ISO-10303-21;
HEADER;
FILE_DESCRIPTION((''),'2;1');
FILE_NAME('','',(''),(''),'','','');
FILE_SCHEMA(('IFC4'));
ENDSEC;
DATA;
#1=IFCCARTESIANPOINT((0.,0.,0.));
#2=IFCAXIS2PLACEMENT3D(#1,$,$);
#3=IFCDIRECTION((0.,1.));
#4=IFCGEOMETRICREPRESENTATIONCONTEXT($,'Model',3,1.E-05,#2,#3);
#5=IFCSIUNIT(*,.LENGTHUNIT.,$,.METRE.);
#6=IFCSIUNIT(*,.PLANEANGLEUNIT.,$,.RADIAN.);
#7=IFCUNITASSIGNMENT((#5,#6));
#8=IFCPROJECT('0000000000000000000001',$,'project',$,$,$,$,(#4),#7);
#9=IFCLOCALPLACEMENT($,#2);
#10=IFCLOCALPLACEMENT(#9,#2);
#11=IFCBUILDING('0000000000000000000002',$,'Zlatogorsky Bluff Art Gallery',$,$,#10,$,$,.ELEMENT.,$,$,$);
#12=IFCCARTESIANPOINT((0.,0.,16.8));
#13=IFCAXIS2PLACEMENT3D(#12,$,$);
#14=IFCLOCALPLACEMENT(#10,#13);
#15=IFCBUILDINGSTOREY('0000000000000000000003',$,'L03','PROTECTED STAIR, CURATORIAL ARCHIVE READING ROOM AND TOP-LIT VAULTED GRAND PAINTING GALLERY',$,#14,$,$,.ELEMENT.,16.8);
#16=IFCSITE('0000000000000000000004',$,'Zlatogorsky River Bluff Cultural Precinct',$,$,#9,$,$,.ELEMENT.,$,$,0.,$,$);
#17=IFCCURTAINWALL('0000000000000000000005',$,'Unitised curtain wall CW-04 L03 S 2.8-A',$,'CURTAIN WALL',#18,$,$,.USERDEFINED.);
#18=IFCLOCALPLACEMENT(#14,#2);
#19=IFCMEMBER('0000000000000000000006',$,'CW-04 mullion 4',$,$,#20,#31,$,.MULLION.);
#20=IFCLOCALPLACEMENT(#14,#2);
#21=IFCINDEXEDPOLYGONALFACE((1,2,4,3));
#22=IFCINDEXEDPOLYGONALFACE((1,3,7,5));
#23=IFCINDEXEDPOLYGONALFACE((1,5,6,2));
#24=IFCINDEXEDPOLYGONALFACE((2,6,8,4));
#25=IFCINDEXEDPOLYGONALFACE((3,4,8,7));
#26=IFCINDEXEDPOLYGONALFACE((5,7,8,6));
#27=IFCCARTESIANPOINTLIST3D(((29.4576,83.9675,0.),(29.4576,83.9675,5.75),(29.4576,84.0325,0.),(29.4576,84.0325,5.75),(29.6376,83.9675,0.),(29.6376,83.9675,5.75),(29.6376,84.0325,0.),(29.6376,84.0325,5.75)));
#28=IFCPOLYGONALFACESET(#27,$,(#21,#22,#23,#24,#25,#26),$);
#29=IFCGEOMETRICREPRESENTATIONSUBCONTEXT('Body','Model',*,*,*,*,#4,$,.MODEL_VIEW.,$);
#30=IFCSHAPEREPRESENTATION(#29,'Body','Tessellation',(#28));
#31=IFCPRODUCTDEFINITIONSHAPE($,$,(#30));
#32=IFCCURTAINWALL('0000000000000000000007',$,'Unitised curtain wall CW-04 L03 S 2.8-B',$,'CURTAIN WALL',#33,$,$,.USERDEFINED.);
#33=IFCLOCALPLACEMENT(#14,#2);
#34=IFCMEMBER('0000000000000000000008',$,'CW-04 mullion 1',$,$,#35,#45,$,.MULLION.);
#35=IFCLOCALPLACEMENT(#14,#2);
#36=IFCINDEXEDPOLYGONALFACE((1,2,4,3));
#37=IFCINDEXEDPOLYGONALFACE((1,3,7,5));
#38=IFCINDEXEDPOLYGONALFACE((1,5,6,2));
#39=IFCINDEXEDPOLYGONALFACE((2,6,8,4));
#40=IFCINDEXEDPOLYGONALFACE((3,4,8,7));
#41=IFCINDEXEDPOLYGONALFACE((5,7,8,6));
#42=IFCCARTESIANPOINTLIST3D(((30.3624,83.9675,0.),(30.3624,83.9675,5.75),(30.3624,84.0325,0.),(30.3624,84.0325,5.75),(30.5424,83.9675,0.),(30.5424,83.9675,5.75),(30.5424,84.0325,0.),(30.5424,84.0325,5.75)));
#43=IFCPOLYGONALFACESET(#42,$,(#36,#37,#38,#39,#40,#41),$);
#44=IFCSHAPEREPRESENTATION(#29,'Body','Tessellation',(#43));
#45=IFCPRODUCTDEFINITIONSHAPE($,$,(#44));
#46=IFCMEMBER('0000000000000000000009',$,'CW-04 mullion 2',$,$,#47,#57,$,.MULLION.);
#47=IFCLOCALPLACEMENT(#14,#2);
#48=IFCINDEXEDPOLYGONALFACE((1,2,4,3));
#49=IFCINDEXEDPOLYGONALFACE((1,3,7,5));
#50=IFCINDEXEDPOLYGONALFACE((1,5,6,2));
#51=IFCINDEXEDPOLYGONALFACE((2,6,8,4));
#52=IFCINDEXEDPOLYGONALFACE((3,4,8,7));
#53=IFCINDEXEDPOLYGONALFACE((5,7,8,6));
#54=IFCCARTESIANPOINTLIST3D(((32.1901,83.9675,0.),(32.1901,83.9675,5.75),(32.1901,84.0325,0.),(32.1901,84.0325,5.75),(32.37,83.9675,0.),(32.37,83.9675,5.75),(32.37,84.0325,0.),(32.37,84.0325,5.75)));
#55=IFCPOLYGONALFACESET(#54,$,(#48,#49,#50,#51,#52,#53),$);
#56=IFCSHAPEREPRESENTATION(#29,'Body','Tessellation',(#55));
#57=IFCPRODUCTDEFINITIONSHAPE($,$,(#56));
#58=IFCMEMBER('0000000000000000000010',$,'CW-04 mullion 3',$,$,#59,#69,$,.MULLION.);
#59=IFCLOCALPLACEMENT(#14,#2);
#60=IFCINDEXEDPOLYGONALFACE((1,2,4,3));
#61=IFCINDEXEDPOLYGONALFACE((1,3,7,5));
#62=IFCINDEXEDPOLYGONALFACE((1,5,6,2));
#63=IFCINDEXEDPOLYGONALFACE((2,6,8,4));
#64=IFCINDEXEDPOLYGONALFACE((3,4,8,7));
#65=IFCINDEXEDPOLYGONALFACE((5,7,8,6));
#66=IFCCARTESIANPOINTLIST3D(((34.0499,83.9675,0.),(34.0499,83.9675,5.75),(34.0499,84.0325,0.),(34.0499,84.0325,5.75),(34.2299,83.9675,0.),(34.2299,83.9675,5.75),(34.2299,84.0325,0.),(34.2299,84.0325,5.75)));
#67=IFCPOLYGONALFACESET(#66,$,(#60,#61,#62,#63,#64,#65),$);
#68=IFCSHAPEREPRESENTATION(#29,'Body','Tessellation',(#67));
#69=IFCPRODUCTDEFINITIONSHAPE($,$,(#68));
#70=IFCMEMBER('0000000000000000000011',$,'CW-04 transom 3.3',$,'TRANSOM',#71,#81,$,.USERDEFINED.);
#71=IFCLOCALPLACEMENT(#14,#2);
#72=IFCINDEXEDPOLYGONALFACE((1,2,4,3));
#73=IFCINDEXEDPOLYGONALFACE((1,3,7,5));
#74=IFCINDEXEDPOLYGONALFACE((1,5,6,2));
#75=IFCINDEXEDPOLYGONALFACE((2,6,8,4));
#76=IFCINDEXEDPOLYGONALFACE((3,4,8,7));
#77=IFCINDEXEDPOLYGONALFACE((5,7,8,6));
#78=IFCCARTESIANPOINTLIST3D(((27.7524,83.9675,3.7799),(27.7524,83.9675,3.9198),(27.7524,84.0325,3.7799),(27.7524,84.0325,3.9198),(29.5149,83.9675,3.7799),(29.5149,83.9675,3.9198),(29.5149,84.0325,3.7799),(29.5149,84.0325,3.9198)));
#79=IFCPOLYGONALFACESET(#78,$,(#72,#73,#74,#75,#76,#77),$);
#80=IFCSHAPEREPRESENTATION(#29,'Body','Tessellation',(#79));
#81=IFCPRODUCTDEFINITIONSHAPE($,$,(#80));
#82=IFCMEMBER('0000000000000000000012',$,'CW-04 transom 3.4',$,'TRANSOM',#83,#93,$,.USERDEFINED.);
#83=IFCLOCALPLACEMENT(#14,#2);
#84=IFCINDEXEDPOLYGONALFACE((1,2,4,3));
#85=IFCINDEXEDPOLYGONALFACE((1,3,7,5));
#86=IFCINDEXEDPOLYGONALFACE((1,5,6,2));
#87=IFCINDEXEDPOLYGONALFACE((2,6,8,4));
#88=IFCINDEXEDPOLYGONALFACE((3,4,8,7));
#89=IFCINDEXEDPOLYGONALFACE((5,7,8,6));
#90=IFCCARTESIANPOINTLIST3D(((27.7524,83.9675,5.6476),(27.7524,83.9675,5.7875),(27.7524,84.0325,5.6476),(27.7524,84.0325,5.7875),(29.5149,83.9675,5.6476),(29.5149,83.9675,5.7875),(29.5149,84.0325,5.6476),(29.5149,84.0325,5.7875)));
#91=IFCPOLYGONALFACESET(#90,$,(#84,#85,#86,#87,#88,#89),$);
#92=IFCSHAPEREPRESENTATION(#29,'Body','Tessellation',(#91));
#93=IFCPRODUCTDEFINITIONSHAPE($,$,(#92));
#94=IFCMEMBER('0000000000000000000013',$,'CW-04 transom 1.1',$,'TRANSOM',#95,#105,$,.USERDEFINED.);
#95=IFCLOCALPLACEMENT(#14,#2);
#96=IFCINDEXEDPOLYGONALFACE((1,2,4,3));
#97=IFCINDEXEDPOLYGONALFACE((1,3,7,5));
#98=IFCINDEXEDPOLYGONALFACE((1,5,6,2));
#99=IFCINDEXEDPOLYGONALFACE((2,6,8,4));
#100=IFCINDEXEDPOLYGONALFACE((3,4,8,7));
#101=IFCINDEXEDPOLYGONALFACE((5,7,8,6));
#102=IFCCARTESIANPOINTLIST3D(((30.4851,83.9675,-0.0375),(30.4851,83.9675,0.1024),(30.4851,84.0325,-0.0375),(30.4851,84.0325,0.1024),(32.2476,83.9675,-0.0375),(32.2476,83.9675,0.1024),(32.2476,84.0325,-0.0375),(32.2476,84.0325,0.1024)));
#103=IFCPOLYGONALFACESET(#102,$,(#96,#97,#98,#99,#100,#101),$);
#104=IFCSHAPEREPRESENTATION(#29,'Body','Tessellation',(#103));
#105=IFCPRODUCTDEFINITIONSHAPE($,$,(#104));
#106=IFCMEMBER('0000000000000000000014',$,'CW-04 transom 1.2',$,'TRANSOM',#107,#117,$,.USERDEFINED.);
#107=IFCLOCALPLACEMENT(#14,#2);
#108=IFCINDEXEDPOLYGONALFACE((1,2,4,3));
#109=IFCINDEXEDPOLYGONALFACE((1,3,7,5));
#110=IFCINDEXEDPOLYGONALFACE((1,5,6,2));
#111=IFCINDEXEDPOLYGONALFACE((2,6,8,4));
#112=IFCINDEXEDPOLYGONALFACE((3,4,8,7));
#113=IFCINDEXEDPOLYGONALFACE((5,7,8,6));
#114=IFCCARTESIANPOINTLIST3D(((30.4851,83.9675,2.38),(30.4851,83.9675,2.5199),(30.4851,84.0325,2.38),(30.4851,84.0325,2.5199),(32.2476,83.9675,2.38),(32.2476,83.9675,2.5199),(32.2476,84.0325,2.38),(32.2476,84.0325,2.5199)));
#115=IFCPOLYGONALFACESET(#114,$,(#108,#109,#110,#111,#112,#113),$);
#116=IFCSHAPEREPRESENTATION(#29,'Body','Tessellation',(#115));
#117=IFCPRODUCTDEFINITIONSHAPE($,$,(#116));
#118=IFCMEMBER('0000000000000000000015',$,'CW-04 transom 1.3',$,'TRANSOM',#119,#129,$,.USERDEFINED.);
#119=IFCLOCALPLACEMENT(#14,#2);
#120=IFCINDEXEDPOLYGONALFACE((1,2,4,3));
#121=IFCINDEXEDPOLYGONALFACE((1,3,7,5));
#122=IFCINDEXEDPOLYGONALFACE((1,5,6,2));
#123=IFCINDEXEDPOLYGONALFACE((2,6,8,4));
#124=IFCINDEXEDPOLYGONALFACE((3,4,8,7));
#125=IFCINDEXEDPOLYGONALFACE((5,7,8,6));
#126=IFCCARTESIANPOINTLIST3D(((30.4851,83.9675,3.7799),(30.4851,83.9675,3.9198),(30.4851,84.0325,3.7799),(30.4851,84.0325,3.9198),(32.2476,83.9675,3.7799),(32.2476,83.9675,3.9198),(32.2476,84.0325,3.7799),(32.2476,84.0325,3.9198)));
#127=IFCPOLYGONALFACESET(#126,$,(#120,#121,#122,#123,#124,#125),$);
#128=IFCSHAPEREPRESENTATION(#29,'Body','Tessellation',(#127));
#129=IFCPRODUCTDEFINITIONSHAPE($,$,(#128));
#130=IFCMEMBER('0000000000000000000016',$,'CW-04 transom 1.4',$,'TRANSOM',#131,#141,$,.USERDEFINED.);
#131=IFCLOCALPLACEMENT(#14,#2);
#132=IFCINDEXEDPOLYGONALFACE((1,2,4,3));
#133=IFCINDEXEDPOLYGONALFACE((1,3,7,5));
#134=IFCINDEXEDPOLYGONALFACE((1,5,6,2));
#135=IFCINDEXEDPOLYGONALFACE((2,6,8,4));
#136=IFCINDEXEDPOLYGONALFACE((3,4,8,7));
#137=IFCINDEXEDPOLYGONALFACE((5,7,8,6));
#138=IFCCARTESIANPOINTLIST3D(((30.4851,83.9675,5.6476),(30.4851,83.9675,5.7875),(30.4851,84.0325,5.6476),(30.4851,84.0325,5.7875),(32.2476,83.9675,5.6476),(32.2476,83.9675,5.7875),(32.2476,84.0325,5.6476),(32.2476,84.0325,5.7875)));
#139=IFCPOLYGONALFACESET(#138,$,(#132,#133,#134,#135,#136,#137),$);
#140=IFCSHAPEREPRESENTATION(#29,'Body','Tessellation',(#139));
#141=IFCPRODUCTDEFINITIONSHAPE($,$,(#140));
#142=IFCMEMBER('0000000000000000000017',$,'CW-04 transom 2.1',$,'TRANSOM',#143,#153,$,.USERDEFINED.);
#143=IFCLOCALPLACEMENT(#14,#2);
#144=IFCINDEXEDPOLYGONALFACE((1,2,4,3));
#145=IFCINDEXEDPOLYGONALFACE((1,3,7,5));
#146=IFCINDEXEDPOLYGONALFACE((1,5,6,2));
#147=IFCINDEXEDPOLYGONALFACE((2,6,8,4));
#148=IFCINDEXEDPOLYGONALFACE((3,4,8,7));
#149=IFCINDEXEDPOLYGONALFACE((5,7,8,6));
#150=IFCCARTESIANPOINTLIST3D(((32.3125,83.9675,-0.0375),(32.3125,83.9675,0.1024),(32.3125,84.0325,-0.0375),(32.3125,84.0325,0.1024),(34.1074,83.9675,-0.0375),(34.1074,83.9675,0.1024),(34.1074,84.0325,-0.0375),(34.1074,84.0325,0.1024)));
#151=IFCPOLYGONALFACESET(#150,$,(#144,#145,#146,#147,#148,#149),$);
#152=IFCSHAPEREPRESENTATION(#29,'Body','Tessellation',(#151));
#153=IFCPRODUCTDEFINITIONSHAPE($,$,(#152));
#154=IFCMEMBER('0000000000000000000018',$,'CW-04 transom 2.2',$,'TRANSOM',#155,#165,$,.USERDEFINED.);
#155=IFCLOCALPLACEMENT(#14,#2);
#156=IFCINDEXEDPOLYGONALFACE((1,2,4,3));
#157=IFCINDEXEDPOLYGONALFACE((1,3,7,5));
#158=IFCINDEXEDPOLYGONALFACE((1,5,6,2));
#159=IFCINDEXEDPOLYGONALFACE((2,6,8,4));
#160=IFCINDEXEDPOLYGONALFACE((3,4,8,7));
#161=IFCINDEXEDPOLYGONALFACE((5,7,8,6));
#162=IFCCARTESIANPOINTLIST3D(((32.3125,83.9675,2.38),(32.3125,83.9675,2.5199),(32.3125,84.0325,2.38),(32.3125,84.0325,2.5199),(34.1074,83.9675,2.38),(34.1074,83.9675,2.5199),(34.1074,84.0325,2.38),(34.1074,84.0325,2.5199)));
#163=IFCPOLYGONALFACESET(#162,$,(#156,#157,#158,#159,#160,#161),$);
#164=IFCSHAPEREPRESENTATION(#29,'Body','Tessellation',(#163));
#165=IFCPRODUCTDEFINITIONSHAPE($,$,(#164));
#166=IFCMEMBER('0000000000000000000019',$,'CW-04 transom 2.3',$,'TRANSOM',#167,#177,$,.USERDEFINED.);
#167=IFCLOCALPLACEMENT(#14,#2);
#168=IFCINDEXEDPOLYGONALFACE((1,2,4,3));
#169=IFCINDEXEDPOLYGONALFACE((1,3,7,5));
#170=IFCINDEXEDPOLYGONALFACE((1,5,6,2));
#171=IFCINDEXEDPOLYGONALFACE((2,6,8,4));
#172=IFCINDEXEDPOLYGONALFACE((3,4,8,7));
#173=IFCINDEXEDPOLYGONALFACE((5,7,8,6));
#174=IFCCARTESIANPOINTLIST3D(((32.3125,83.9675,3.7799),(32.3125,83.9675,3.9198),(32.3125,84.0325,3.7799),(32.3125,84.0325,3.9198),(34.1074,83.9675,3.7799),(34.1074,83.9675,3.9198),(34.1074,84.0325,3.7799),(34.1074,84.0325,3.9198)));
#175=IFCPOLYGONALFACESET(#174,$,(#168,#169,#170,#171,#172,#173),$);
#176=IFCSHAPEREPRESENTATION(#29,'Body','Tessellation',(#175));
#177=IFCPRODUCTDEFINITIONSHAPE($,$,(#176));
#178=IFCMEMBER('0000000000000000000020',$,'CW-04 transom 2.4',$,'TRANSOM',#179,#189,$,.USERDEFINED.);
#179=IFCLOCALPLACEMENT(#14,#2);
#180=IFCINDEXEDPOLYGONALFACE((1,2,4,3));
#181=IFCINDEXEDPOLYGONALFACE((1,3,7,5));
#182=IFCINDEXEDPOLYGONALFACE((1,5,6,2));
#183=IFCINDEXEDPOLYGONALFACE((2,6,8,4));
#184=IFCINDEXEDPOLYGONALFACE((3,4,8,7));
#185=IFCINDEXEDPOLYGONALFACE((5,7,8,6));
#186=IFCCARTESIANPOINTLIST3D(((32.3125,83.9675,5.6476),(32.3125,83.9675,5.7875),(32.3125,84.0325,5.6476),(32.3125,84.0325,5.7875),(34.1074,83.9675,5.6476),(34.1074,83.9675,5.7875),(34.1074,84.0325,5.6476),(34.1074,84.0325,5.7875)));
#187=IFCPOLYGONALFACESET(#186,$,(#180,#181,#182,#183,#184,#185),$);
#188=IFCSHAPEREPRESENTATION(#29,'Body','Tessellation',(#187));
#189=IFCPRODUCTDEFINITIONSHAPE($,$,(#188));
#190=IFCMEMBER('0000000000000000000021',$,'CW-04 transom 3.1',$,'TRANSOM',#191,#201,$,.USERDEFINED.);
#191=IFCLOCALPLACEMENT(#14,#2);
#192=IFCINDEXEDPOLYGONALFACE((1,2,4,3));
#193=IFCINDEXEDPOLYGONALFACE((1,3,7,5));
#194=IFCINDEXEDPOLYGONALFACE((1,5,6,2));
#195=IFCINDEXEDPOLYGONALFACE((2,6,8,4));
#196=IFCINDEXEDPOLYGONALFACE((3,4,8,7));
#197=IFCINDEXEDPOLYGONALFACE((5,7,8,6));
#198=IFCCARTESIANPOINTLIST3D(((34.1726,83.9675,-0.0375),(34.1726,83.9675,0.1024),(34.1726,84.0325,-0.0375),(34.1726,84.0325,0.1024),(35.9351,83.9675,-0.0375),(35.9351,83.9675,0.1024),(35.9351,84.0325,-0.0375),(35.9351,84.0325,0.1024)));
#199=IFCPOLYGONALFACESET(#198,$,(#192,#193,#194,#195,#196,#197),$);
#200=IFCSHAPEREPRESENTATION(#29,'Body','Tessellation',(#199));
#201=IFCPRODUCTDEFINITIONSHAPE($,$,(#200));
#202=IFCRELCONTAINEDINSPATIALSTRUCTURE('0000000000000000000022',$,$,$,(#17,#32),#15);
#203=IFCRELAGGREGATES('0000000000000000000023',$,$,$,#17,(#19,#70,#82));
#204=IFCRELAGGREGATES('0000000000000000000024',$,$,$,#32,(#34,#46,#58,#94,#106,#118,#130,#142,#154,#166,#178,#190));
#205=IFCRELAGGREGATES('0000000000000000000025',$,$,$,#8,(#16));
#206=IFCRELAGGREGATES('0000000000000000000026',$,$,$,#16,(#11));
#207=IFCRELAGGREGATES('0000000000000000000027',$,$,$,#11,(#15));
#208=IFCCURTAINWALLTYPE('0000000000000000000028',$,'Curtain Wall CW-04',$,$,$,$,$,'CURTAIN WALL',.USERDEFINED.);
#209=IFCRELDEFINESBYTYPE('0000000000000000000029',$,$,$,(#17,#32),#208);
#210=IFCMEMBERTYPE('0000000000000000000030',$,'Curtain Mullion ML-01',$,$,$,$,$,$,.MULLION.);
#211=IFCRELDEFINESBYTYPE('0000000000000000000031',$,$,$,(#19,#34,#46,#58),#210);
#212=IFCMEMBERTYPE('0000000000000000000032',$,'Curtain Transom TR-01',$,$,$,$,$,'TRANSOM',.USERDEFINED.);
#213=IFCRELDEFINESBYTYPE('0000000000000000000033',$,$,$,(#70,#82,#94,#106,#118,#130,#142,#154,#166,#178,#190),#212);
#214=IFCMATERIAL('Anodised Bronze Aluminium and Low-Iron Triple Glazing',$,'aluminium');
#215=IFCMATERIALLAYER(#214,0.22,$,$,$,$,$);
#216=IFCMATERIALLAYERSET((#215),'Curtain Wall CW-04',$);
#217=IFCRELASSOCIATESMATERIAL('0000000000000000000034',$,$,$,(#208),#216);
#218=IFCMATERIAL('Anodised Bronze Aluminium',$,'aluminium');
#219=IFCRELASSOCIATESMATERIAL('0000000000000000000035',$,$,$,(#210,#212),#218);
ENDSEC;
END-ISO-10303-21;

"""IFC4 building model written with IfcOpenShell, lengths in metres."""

from ifc_helpers import new_model, si_unit, direction, frame, origin, origin_2d, place, context, subcontext, project, spatial, rectangle, extrude, material, layer, layer_set, material_profile, profile_set, type_object, element, aggregate, save


model = new_model("IFC4")

# Units and contexts
model_context = context("Model", 3, precision=1e-05, world=origin(), true_north=direction((0.0, 1.0)))
body_context = subcontext(model_context, "Body", "Model", "MODEL_VIEW")
ifc_project = project(units=[si_unit("LENGTHUNIT", "METRE"), si_unit("PLANEANGLEUNIT", "RADIAN")], contexts=[model_context])

# Site, building, storey
site_placement = place(None, origin())
site = spatial("IfcSite", under=ifc_project, at=site_placement, Name="Zlatogorsky River Bluff Cultural Precinct", CompositionType="ELEMENT", RefElevation=0.0)
building_placement = place(site_placement, origin())
building = spatial("IfcBuilding", under=site, at=building_placement, Name="Zlatogorsky Bluff Art Gallery", CompositionType="ELEMENT")
storey_placement = place(building_placement, frame((0.0, 0.0, 16.8)))
storey = spatial("IfcBuildingStorey", under=building, at=storey_placement, Name="L03", Description="PROTECTED STAIR, CURATORIAL ARCHIVE READING ROOM AND TOP-LIT VAULTED GRAND PAINTING GALLERY", CompositionType="ELEMENT", Elevation=16.8)

# Curtain wall, member
ifc_material_1 = material(Name="Anodised Bronze Aluminium and Low-Iron Triple Glazing", Category="aluminium")
ifc_layer_1 = layer(ifc_material_1, 0.22)
ifc_layer_set_1 = layer_set([ifc_layer_1], Name="Curtain Wall CW-04")
curtain_wall_type = type_object("IfcCurtainWallType", Name="Curtain Wall CW-04", ElementType="CURTAIN WALL", PredefinedType="USERDEFINED", material=ifc_layer_set_1)
curtain_wall_1_placement = place(storey_placement, origin())
curtain_wall_1 = element("IfcCurtainWall", 1, at=curtain_wall_1_placement, inside=storey, type_object=curtain_wall_type, Name="Unitised curtain wall CW-04 L03 S 2.8-A", ObjectType="CURTAIN WALL", PredefinedType="USERDEFINED")
ifc_material_2 = material(Name="Anodised Bronze Aluminium", Category="aluminium")
ifc_material_profile_1 = material_profile(ifc_material_2, rectangle(XDim=0.0649, YDim=0.1799, at=origin_2d()), Name="ALU MULLION 65x180")
ifc_profile_set_1 = profile_set([ifc_material_profile_1], Name="Anodised Bronze Aluminium")
member_type_1 = type_object("IfcMemberType", Name="Curtain Mullion ML-01", PredefinedType="MULLION", material=ifc_profile_set_1)
member_1_placement = place(storey_placement, frame((29.5476, 84.0, 0.0), z_axis=(0.0, 0.0, 1.0), x_axis=(0.0, 1.0, 0.0)))
member_1 = element("IfcMember", 2, at=member_1_placement, type_object=member_type_1, Name="CW-04 mullion 4", PredefinedType="MULLION", context=body_context, shape_type="SweptSolid", body=[
    extrude(rectangle(XDim=0.0649, YDim=0.1799, at=origin_2d()), origin(), (0.0, 0.0, 1.0), 5.75),
])

# Curtain wall, members
curtain_wall_2_placement = place(storey_placement, origin())
curtain_wall_2 = element("IfcCurtainWall", 3, at=curtain_wall_2_placement, inside=storey, type_object=curtain_wall_type, Name="Unitised curtain wall CW-04 L03 S 2.8-B", ObjectType="CURTAIN WALL", PredefinedType="USERDEFINED")
member_2_placement = place(storey_placement, frame((30.4524, 84.0, 0.0), z_axis=(0.0, 0.0, 1.0), x_axis=(0.0, 1.0, 0.0)))
member_2 = element("IfcMember", 4, at=member_2_placement, type_object=member_type_1, Name="CW-04 mullion 1", PredefinedType="MULLION", context=body_context, shape_type="SweptSolid", body=[
    extrude(rectangle(XDim=0.0649, YDim=0.1799, at=origin_2d()), origin(), (0.0, 0.0, 1.0), 5.75),
])
member_3_placement = place(storey_placement, frame((32.28, 84.0, 0.0), z_axis=(0.0, 0.0, 1.0), x_axis=(0.0, 1.0, 0.0)))
member_3 = element("IfcMember", 5, at=member_3_placement, type_object=member_type_1, Name="CW-04 mullion 2", PredefinedType="MULLION", context=body_context, shape_type="SweptSolid", body=[
    extrude(rectangle(XDim=0.0649, YDim=0.1799, at=origin_2d()), origin(), (0.0, 0.0, 1.0), 5.75),
])
member_4_placement = place(storey_placement, frame((34.1399, 84.0, 0.0), z_axis=(0.0, 0.0, 1.0), x_axis=(0.0, 1.0, 0.0)))
member_4 = element("IfcMember", 6, at=member_4_placement, type_object=member_type_1, Name="CW-04 mullion 3", PredefinedType="MULLION", context=body_context, shape_type="SweptSolid", body=[
    extrude(rectangle(XDim=0.0649, YDim=0.1799, at=origin_2d()), origin(), (0.0, 0.0, 1.0), 5.75),
])

# Members
ifc_material_profile_2 = material_profile(ifc_material_2, rectangle(XDim=0.0649, YDim=0.1399, at=origin_2d()), Name="ALU TRANSOM 65x140")
ifc_profile_set_2 = profile_set([ifc_material_profile_2], Name="Anodised Bronze Aluminium")
member_type_2 = type_object("IfcMemberType", Name="Curtain Transom TR-01", ElementType="TRANSOM", PredefinedType="USERDEFINED", material=ifc_profile_set_2)
member_5_placement = place(storey_placement, frame((27.7524, 84.0, 3.8499), z_axis=(1.0, 0.0, 0.0), x_axis=(0.0, 1.0, 0.0)))
member_5 = element("IfcMember", 7, at=member_5_placement, type_object=member_type_2, Name="CW-04 transom 3.3", ObjectType="TRANSOM", PredefinedType="USERDEFINED", context=body_context, shape_type="SweptSolid", body=[
    extrude(rectangle(XDim=0.0649, YDim=0.1399, at=origin_2d()), origin(), (0.0, 0.0, 1.0), 1.7625),
])
member_6_placement = place(storey_placement, frame((27.7524, 84.0, 5.7175), z_axis=(1.0, 0.0, 0.0), x_axis=(0.0, 1.0, 0.0)))
member_6 = element("IfcMember", 8, at=member_6_placement, type_object=member_type_2, Name="CW-04 transom 3.4", ObjectType="TRANSOM", PredefinedType="USERDEFINED", context=body_context, shape_type="SweptSolid", body=[
    extrude(rectangle(XDim=0.0649, YDim=0.1399, at=origin_2d()), origin(), (0.0, 0.0, 1.0), 1.7625),
])
member_7_placement = place(storey_placement, frame((30.4851, 84.0, 0.0325), z_axis=(1.0, 0.0, 0.0), x_axis=(0.0, 1.0, 0.0)))
member_7 = element("IfcMember", 9, at=member_7_placement, type_object=member_type_2, Name="CW-04 transom 1.1", ObjectType="TRANSOM", PredefinedType="USERDEFINED", context=body_context, shape_type="SweptSolid", body=[
    extrude(rectangle(XDim=0.0649, YDim=0.1399, at=origin_2d()), origin(), (0.0, 0.0, 1.0), 1.7625),
])
member_8_placement = place(storey_placement, frame((30.4851, 84.0, 2.45), z_axis=(1.0, 0.0, 0.0), x_axis=(0.0, 1.0, 0.0)))
member_8 = element("IfcMember", 10, at=member_8_placement, type_object=member_type_2, Name="CW-04 transom 1.2", ObjectType="TRANSOM", PredefinedType="USERDEFINED", context=body_context, shape_type="SweptSolid", body=[
    extrude(rectangle(XDim=0.0649, YDim=0.1399, at=origin_2d()), origin(), (0.0, 0.0, 1.0), 1.7625),
])
member_9_placement = place(storey_placement, frame((30.4851, 84.0, 3.8499), z_axis=(1.0, 0.0, 0.0), x_axis=(0.0, 1.0, 0.0)))
member_9 = element("IfcMember", 11, at=member_9_placement, type_object=member_type_2, Name="CW-04 transom 1.3", ObjectType="TRANSOM", PredefinedType="USERDEFINED", context=body_context, shape_type="SweptSolid", body=[
    extrude(rectangle(XDim=0.0649, YDim=0.1399, at=origin_2d()), origin(), (0.0, 0.0, 1.0), 1.7625),
])
member_10_placement = place(storey_placement, frame((30.4851, 84.0, 5.7175), z_axis=(1.0, 0.0, 0.0), x_axis=(0.0, 1.0, 0.0)))
member_10 = element("IfcMember", 12, at=member_10_placement, type_object=member_type_2, Name="CW-04 transom 1.4", ObjectType="TRANSOM", PredefinedType="USERDEFINED", context=body_context, shape_type="SweptSolid", body=[
    extrude(rectangle(XDim=0.0649, YDim=0.1399, at=origin_2d()), origin(), (0.0, 0.0, 1.0), 1.7625),
])
member_11_placement = place(storey_placement, frame((32.3125, 84.0, 0.0325), z_axis=(1.0, 0.0, 0.0), x_axis=(0.0, 1.0, 0.0)))
member_11 = element("IfcMember", 13, at=member_11_placement, type_object=member_type_2, Name="CW-04 transom 2.1", ObjectType="TRANSOM", PredefinedType="USERDEFINED", context=body_context, shape_type="SweptSolid", body=[
    extrude(rectangle(XDim=0.0649, YDim=0.1399, at=origin_2d()), origin(), (0.0, 0.0, 1.0), 1.7949),
])
member_12_placement = place(storey_placement, frame((32.3125, 84.0, 2.45), z_axis=(1.0, 0.0, 0.0), x_axis=(0.0, 1.0, 0.0)))
member_12 = element("IfcMember", 14, at=member_12_placement, type_object=member_type_2, Name="CW-04 transom 2.2", ObjectType="TRANSOM", PredefinedType="USERDEFINED", context=body_context, shape_type="SweptSolid", body=[
    extrude(rectangle(XDim=0.0649, YDim=0.1399, at=origin_2d()), origin(), (0.0, 0.0, 1.0), 1.7949),
])
member_13_placement = place(storey_placement, frame((32.3125, 84.0, 3.8499), z_axis=(1.0, 0.0, 0.0), x_axis=(0.0, 1.0, 0.0)))
member_13 = element("IfcMember", 15, at=member_13_placement, type_object=member_type_2, Name="CW-04 transom 2.3", ObjectType="TRANSOM", PredefinedType="USERDEFINED", context=body_context, shape_type="SweptSolid", body=[
    extrude(rectangle(XDim=0.0649, YDim=0.1399, at=origin_2d()), origin(), (0.0, 0.0, 1.0), 1.7949),
])
member_14_placement = place(storey_placement, frame((32.3125, 84.0, 5.7175), z_axis=(1.0, 0.0, 0.0), x_axis=(0.0, 1.0, 0.0)))
member_14 = element("IfcMember", 16, at=member_14_placement, type_object=member_type_2, Name="CW-04 transom 2.4", ObjectType="TRANSOM", PredefinedType="USERDEFINED", context=body_context, shape_type="SweptSolid", body=[
    extrude(rectangle(XDim=0.0649, YDim=0.1399, at=origin_2d()), origin(), (0.0, 0.0, 1.0), 1.7949),
])
member_15_placement = place(storey_placement, frame((34.1726, 84.0, 0.0325), z_axis=(1.0, 0.0, 0.0), x_axis=(0.0, 1.0, 0.0)))
member_15 = element("IfcMember", 17, at=member_15_placement, type_object=member_type_2, Name="CW-04 transom 3.1", ObjectType="TRANSOM", PredefinedType="USERDEFINED", context=body_context, shape_type="SweptSolid", body=[
    extrude(rectangle(XDim=0.0649, YDim=0.1399, at=origin_2d()), origin(), (0.0, 0.0, 1.0), 1.7625),
])

aggregate(curtain_wall_1, [member_1, member_5, member_6])
aggregate(curtain_wall_2, [member_2, member_3, member_4, member_7, member_8, member_9, member_10, member_11, member_12, member_13, member_14, member_15])

save(model, "model.ifc")
